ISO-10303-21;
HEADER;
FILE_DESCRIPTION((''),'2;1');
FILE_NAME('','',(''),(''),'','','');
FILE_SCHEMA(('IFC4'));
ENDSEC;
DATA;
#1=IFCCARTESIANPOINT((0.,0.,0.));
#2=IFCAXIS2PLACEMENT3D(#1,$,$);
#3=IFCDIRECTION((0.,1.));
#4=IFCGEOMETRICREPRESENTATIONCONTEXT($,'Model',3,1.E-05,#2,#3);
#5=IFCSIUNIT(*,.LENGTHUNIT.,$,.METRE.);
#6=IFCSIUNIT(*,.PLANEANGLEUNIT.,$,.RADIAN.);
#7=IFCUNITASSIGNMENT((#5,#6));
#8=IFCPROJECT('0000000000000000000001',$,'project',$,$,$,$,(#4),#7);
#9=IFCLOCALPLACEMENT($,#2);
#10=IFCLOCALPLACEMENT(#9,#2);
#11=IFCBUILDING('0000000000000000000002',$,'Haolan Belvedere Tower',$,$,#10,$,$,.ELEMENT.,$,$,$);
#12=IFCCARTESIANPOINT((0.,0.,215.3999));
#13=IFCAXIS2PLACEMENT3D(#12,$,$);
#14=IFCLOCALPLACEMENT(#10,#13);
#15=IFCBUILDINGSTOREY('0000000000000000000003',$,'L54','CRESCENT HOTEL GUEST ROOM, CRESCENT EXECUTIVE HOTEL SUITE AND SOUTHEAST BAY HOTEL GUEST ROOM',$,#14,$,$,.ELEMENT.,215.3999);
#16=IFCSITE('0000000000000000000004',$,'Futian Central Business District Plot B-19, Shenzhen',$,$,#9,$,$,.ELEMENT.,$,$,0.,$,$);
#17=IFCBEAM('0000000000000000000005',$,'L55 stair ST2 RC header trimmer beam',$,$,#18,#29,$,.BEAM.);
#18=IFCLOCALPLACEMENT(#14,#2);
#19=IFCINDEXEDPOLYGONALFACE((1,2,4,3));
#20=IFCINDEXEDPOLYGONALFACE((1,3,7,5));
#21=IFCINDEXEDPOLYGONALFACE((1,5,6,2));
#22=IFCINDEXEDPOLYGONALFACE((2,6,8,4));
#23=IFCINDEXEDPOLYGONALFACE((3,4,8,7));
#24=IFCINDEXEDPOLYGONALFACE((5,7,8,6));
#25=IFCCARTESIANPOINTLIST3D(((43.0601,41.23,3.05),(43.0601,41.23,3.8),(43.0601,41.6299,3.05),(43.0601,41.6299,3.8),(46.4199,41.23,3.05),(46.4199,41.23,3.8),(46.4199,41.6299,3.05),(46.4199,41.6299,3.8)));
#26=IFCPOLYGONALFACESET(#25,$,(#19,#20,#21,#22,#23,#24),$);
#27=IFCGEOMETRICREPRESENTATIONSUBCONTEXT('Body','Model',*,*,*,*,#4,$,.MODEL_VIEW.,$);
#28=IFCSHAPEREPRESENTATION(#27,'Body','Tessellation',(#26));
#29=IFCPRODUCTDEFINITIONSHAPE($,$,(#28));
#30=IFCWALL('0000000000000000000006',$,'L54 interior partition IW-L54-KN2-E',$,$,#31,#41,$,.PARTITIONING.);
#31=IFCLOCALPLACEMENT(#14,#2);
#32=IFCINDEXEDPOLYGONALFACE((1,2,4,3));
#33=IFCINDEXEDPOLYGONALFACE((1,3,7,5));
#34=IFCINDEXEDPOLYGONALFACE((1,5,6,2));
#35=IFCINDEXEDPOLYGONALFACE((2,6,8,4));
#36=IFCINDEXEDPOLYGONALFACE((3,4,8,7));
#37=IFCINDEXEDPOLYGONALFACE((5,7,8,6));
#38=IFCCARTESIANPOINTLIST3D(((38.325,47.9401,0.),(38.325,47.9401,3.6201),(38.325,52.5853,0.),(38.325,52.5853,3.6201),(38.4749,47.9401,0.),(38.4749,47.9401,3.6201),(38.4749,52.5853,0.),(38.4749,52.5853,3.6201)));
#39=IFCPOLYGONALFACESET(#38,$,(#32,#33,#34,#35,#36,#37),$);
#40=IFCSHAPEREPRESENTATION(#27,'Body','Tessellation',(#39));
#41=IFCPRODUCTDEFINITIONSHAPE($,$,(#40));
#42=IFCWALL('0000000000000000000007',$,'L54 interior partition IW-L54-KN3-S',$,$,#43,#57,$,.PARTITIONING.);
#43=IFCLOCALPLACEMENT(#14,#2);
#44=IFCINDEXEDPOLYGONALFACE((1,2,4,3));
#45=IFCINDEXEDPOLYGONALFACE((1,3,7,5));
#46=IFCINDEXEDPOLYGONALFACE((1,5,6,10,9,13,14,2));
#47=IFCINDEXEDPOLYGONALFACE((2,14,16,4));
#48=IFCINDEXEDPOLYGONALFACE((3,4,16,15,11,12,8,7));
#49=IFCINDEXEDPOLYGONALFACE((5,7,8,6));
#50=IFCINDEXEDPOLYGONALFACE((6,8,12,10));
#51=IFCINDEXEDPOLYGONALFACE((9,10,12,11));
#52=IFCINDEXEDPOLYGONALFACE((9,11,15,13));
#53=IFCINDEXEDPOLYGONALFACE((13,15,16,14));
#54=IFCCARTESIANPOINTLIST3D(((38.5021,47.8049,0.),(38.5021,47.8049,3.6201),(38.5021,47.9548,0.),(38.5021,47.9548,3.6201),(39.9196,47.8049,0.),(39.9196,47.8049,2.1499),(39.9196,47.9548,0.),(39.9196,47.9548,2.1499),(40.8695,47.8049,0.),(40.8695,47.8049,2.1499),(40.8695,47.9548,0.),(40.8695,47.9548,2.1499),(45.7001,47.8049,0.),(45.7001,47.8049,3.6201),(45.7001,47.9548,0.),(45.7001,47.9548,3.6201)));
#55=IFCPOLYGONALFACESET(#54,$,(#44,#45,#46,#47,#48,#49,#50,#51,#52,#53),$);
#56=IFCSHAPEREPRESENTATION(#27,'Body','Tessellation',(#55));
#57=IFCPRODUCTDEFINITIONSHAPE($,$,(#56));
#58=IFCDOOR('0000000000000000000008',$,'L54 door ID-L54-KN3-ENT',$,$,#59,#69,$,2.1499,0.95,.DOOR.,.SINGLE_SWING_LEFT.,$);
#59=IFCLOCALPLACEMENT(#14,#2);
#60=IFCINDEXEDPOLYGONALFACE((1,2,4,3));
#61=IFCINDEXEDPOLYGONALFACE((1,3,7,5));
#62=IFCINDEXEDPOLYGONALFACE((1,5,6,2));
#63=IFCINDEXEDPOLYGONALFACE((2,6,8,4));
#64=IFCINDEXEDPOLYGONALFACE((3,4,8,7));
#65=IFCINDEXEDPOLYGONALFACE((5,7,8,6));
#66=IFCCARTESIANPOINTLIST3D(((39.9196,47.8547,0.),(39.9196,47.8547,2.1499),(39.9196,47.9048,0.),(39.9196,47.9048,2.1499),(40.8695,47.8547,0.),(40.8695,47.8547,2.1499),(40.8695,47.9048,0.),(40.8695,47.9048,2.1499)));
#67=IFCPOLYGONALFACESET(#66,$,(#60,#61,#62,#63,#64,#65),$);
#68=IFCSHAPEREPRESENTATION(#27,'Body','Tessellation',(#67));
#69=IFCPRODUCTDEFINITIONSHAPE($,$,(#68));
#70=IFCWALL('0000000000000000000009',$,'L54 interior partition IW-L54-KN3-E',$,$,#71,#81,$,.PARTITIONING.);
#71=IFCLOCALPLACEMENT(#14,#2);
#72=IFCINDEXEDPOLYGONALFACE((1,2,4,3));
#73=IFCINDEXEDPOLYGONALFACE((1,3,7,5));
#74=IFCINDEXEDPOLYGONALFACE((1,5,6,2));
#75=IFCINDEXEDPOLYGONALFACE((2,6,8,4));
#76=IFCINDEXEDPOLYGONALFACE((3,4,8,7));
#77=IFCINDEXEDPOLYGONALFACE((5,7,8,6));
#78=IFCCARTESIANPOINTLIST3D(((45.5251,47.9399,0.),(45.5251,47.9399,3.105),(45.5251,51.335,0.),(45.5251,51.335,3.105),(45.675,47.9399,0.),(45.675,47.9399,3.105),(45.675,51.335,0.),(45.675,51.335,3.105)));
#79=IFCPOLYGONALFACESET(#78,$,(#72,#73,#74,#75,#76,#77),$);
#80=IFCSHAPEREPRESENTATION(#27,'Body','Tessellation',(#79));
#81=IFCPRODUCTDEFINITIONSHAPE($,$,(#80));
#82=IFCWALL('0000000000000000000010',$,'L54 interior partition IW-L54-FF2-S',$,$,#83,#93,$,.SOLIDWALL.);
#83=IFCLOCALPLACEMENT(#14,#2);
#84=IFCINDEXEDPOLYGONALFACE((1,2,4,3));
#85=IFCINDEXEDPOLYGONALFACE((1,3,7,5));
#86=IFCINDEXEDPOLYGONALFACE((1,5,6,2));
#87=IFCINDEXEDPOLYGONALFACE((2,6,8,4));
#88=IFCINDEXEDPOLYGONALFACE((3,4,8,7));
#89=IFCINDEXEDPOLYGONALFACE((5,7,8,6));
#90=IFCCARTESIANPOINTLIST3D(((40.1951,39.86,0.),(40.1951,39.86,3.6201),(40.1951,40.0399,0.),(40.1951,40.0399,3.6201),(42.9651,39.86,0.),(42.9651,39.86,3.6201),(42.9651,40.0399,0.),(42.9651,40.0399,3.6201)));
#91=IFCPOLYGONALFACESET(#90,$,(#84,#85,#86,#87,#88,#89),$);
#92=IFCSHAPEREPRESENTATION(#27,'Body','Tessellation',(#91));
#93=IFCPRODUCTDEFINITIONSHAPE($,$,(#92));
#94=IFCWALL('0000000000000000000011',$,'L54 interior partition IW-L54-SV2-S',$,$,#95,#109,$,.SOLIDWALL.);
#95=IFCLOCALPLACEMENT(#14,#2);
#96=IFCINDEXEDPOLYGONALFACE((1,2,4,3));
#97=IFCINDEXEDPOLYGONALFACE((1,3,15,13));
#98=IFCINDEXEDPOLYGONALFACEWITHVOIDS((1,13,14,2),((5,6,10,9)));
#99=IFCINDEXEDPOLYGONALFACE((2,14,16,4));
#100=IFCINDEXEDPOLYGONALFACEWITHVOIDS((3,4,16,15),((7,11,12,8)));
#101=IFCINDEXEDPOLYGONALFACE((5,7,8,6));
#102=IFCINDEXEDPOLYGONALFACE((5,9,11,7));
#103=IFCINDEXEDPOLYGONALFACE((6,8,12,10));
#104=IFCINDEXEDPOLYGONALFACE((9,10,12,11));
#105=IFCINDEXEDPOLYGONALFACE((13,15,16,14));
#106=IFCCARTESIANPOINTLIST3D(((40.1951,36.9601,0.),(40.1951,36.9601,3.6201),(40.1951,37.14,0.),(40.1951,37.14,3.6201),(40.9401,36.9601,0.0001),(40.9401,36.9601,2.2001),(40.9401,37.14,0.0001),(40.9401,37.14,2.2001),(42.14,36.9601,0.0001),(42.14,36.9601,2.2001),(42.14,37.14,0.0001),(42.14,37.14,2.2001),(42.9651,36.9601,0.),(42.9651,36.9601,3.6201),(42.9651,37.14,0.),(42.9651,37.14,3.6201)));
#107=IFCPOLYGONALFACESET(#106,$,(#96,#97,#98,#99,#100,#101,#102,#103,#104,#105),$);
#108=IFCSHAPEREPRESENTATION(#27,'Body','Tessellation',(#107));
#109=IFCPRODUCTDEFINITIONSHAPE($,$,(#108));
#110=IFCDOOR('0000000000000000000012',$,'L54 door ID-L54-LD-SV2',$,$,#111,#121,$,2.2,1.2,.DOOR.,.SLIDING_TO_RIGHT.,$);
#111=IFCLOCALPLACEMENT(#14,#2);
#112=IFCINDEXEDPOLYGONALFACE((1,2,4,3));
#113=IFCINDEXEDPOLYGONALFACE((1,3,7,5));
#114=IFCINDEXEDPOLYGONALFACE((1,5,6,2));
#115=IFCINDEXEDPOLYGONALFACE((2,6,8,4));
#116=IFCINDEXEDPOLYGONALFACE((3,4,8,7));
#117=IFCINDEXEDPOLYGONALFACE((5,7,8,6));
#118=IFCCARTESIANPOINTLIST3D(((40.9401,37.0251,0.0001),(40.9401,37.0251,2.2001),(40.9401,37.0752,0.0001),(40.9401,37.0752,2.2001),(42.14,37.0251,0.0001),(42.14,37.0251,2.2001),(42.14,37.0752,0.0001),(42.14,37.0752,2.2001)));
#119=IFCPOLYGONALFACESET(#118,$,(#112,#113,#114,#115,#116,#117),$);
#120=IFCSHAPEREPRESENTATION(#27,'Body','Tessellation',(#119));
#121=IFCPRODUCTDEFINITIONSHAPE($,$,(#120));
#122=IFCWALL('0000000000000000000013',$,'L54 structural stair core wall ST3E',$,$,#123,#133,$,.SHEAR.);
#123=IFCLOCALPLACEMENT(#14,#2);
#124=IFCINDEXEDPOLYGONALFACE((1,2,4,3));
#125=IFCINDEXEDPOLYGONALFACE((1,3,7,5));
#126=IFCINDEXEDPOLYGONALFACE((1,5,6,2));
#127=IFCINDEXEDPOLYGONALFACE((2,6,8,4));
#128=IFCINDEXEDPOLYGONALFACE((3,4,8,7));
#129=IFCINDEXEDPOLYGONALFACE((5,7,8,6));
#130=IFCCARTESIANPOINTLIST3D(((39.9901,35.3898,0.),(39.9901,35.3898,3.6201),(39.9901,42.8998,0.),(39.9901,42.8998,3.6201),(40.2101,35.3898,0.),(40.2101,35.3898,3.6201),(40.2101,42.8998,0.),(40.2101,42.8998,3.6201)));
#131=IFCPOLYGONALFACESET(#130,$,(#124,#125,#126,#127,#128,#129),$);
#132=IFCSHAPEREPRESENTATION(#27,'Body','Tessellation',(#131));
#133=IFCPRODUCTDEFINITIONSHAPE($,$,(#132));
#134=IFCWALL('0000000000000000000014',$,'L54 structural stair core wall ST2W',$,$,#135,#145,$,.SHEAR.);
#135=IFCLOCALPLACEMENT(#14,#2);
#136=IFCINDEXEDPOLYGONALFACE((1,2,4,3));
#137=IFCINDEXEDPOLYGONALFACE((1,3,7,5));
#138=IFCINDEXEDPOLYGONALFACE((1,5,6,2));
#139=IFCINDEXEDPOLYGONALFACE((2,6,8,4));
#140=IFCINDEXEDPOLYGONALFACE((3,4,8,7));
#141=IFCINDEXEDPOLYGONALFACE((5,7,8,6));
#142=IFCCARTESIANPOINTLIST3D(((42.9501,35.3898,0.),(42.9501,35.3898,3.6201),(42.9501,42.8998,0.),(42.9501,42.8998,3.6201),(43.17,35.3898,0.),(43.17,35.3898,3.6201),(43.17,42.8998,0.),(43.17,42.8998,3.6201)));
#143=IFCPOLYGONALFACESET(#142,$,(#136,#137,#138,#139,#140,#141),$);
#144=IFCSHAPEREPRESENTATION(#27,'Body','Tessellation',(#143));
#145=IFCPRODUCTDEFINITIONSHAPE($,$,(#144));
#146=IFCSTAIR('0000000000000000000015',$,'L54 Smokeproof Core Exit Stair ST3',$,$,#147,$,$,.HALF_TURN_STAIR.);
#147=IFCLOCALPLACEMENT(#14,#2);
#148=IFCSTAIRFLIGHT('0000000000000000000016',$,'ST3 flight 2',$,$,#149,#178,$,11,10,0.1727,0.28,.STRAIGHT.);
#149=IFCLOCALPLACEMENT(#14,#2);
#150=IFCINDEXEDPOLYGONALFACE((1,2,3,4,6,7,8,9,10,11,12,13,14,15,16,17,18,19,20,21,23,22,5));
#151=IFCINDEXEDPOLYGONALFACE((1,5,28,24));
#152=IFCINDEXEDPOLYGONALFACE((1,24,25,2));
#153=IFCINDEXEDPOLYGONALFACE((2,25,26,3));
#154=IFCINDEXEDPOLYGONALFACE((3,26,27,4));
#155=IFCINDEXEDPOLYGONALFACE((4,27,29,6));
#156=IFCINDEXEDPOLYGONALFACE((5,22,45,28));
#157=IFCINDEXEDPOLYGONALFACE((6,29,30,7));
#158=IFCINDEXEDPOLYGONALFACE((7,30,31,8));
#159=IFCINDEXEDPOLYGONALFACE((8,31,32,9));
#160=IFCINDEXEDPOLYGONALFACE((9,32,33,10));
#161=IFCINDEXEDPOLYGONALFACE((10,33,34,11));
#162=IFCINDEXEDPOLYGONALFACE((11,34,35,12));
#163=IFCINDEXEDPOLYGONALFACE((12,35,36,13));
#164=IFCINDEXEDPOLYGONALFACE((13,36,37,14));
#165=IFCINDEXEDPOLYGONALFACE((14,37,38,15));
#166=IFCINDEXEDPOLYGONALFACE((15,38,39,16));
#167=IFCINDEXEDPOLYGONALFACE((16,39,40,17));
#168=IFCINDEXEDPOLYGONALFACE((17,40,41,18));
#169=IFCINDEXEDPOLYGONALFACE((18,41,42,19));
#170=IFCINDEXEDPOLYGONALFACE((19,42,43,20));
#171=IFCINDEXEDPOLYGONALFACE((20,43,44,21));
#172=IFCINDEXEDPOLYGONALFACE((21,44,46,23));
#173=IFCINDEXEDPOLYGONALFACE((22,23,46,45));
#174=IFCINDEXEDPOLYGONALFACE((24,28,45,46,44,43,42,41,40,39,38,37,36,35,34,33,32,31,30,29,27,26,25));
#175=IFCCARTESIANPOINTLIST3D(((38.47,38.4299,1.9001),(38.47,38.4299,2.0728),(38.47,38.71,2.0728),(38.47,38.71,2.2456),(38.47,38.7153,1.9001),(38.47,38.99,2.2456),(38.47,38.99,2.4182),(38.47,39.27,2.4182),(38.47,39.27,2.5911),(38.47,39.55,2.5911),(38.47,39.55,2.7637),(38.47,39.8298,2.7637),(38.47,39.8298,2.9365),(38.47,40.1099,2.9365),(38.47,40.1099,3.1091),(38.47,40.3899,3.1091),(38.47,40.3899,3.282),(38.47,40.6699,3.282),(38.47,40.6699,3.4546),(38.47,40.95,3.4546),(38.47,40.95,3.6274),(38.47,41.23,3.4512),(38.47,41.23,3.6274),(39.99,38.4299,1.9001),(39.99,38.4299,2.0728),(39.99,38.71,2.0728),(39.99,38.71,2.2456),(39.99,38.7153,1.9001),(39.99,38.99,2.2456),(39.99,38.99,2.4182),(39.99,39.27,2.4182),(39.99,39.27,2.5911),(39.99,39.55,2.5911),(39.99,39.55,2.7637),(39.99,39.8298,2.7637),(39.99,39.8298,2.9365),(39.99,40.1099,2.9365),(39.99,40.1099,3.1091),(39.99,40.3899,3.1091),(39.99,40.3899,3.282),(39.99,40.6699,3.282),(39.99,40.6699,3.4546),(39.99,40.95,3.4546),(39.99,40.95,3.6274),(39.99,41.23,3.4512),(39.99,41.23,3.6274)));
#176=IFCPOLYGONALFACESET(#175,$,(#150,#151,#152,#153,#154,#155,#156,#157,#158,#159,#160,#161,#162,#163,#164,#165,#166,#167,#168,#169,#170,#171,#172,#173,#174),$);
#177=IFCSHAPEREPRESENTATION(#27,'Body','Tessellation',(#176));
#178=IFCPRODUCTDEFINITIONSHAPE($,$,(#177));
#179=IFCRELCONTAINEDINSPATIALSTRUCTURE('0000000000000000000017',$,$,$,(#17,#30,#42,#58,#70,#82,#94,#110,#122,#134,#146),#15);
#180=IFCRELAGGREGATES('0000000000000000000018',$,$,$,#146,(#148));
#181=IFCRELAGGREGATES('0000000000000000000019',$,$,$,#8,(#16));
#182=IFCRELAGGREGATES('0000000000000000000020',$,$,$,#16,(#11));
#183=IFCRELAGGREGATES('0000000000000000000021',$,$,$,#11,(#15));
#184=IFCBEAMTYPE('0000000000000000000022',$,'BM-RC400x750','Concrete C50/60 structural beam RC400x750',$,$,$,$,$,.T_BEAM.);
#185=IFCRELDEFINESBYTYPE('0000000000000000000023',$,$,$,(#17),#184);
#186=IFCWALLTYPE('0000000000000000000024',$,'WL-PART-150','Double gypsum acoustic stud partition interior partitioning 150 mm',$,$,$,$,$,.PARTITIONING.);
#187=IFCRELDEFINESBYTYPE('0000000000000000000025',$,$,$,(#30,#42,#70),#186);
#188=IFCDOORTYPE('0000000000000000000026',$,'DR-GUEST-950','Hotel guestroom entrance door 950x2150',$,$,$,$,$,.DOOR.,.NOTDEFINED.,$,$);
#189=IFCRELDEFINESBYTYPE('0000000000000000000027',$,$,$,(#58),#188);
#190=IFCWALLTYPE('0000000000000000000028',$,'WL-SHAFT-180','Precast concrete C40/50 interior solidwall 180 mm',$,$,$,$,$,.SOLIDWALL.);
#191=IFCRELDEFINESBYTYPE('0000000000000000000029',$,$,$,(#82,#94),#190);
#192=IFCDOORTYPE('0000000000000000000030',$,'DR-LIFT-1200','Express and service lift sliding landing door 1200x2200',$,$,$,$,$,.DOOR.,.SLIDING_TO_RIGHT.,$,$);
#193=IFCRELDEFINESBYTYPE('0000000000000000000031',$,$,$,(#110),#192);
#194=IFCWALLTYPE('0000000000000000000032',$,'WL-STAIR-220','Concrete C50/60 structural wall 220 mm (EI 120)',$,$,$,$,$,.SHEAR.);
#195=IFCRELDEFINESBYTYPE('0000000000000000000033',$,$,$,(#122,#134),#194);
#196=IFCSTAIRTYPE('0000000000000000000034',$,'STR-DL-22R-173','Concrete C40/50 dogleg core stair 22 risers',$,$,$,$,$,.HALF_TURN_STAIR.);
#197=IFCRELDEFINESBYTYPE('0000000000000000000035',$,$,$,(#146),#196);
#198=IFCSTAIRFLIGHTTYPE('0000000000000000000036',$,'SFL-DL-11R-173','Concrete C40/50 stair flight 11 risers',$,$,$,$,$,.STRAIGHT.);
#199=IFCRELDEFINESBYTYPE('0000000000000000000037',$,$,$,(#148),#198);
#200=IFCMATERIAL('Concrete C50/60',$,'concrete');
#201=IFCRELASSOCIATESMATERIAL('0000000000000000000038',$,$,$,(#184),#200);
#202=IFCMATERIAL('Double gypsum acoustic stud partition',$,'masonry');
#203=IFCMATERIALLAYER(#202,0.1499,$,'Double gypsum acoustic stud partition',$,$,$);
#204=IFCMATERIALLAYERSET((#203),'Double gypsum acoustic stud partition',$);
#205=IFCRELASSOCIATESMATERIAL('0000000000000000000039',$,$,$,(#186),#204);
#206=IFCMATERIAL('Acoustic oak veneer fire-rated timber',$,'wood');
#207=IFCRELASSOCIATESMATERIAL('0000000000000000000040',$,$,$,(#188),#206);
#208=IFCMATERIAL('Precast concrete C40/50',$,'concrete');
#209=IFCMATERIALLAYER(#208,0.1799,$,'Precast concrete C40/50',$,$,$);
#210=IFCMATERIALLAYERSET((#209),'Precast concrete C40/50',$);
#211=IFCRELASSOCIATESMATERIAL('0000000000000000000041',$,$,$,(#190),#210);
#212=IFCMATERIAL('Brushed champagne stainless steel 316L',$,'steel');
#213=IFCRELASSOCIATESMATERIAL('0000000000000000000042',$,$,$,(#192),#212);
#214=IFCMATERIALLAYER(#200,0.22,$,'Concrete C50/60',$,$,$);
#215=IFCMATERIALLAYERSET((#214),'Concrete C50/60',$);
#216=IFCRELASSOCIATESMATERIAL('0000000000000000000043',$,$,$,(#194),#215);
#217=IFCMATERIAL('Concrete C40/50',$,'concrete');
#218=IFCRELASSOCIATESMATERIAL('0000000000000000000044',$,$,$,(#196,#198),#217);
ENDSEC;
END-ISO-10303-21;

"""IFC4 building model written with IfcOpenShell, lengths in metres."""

from ifc_helpers import new_model, si_unit, direction, frame, frame_2d, origin, origin_2d, place, context, subcontext, project, spatial, polyline, rectangle, outline, extrude, material, layer, layer_set, material_profile, profile_set, type_object, element, fill, aggregate, save


model = new_model("IFC4")

# Units and contexts
model_context = context("Model", 3, precision=1e-05, world=origin(), true_north=direction((0.0, 1.0)))
body_context = subcontext(model_context, "Body", "Model", "MODEL_VIEW")
ifc_project = project(units=[si_unit("LENGTHUNIT", "METRE"), si_unit("PLANEANGLEUNIT", "RADIAN")], contexts=[model_context])

# Site, building, storey
site_placement = place(None, origin())
site = spatial("IfcSite", under=ifc_project, at=site_placement, Name="Futian Central Business District Plot B-19, Shenzhen", CompositionType="ELEMENT", RefElevation=0.0)
building_placement = place(site_placement, origin())
building = spatial("IfcBuilding", under=site, at=building_placement, Name="Haolan Belvedere Tower", CompositionType="ELEMENT")
storey_placement = place(building_placement, frame((0.0, 0.0, 215.3999)))
storey = spatial("IfcBuildingStorey", under=building, at=storey_placement, Name="L54", Description="CRESCENT HOTEL GUEST ROOM, CRESCENT EXECUTIVE HOTEL SUITE AND SOUTHEAST BAY HOTEL GUEST ROOM", CompositionType="ELEMENT", Elevation=215.3999)

# Beam
ifc_material_1 = material(Name="Concrete C50/60", Category="concrete")
ifc_material_profile = material_profile(ifc_material_1, rectangle(XDim=0.3999, YDim=0.75, at=origin_2d()), Name="Concrete C50/60")
ifc_profile_set = profile_set([ifc_material_profile], Name="Concrete C50/60")
beam_type = type_object("IfcBeamType", Name="BM-RC400x750", Description="Concrete C50/60 structural beam RC400x750", PredefinedType="T_BEAM", material=ifc_profile_set)
beam_placement = place(storey_placement, frame((43.0601, 41.4299, 3.425), z_axis=(1.0, 0.0, 0.0), x_axis=(0.0, 1.0, 0.0)))
element("IfcBeam", 1, at=beam_placement, inside=storey, type_object=beam_type, Name="L55 stair ST2 RC header trimmer beam", PredefinedType="BEAM", context=body_context, shape_type="SweptSolid", body=[
    extrude(rectangle(XDim=0.3999, YDim=0.75, at=origin_2d()), origin(), (0.0, 0.0, 1.0), 3.3599),
])

# Shared definitions
ifc_material_2 = material(Name="Concrete C40/50", Category="concrete")

# Wall
ifc_material_3 = material(Name="Double gypsum acoustic stud partition", Category="masonry")
ifc_layer_1 = layer(ifc_material_3, 0.1499, Name="Double gypsum acoustic stud partition")
ifc_layer_set_1 = layer_set([ifc_layer_1], Name="Double gypsum acoustic stud partition")
wall_type_1 = type_object("IfcWallType", Name="WL-PART-150", Description="Double gypsum acoustic stud partition interior partitioning 150 mm", PredefinedType="PARTITIONING", material=ifc_layer_set_1)
wall_1_placement = place(storey_placement, frame((38.3999, 47.9399, 0.0), z_axis=(0.0, 0.0, 1.0), x_axis=(0.0, 1.0, 0.0)))
element("IfcWall", 2, at=wall_1_placement, inside=storey, type_object=wall_type_1, Name="L54 interior partition IW-L54-KN2-E", PredefinedType="PARTITIONING", context=body_context, shape_type="SweptSolid", body=[
    extrude(rectangle(XDim=4.6453, YDim=0.1499, at=frame_2d((2.3228, 0.0))), origin(), (0.0, 0.0, 1.0), 3.6201),
])

# Wall, opening, door
wall_2_placement = place(storey_placement, frame((38.502, 47.8799, 0.0), z_axis=(0.0, 0.0, 1.0), x_axis=(1.0, 0.0, 0.0)))
wall_2 = element("IfcWall", 3, at=wall_2_placement, inside=storey, type_object=wall_type_1, Name="L54 interior partition IW-L54-KN3-S", PredefinedType="PARTITIONING", context=body_context, shape_type="SweptSolid", body=[
    extrude(rectangle(XDim=7.198, YDim=0.1499, at=frame_2d((3.5991, 0.0))), origin(), (0.0, 0.0, 1.0), 3.6201),
])
opening_1_placement = place(wall_2_placement, frame((1.4175, 0.0, 0.0)))
opening_1 = element("IfcOpeningElement", 4, at=opening_1_placement, cuts=wall_2, PredefinedType="OPENING", context=body_context, shape_type="SweptSolid", body=[
    extrude(rectangle(XDim=0.95, YDim=2.1499, at=frame_2d((0.4751, 1.075))), frame((0.0, 0.085, 0.0), z_axis=(0.0, -1.0, 0.0), x_axis=(1.0, 0.0, 0.0)), (0.0, 0.0, 1.0), 0.1699),
])
ifc_material_4 = material(Name="Acoustic oak veneer fire-rated timber", Category="wood")
door_type_1 = type_object("IfcDoorType", Name="DR-GUEST-950", Description="Hotel guestroom entrance door 950x2150", OperationType="NOTDEFINED", PredefinedType="DOOR", material=ifc_material_4)
door_1_placement = place(opening_1_placement, origin())
door_1 = element("IfcDoor", 5, at=door_1_placement, inside=storey, type_object=door_type_1, Name="L54 door ID-L54-KN3-ENT", OperationType="SINGLE_SWING_LEFT", OverallHeight=2.1499, OverallWidth=0.95, PredefinedType="DOOR", context=body_context, shape_type="SweptSolid", body=[
    extrude(rectangle(XDim=0.95, YDim=2.1499, at=frame_2d((0.4751, 1.075))), frame((0.0, 0.0249, 0.0), z_axis=(0.0, -1.0, 0.0), x_axis=(1.0, 0.0, 0.0)), (0.0, 0.0, 1.0), 0.05),
])
fill(opening_1, door_1)

# Walls
wall_3_placement = place(storey_placement, frame((45.6001, 47.9399, 0.0), z_axis=(0.0, 0.0, 1.0), x_axis=(0.0, 1.0, 0.0)))
element("IfcWall", 6, at=wall_3_placement, inside=storey, type_object=wall_type_1, Name="L54 interior partition IW-L54-KN3-E", PredefinedType="PARTITIONING", context=body_context, shape_type="SweptSolid", body=[
    extrude(rectangle(XDim=3.395, YDim=0.1499, at=frame_2d((1.6975, 0.0))), origin(), (0.0, 0.0, 1.0), 3.105),
])
ifc_material_5 = material(Name="Precast concrete C40/50", Category="concrete")
ifc_layer_2 = layer(ifc_material_5, 0.1799, Name="Precast concrete C40/50")
ifc_layer_set_2 = layer_set([ifc_layer_2], Name="Precast concrete C40/50")
wall_type_2 = type_object("IfcWallType", Name="WL-SHAFT-180", Description="Precast concrete C40/50 interior solidwall 180 mm", PredefinedType="SOLIDWALL", material=ifc_layer_set_2)
wall_4_placement = place(storey_placement, frame((40.1951, 39.95, 0.0), z_axis=(0.0, 0.0, 1.0), x_axis=(1.0, 0.0, 0.0)))
element("IfcWall", 7, at=wall_4_placement, inside=storey, type_object=wall_type_2, Name="L54 interior partition IW-L54-FF2-S", PredefinedType="SOLIDWALL", context=body_context, shape_type="SweptSolid", body=[
    extrude(rectangle(XDim=2.77, YDim=0.1799, at=frame_2d((1.385, 0.0))), origin(), (0.0, 0.0, 1.0), 3.6201),
])

# Wall, opening, door
wall_5_placement = place(storey_placement, frame((40.1951, 37.05, 0.0), z_axis=(0.0, 0.0, 1.0), x_axis=(1.0, 0.0, 0.0)))
wall_5 = element("IfcWall", 8, at=wall_5_placement, inside=storey, type_object=wall_type_2, Name="L54 interior partition IW-L54-SV2-S", PredefinedType="SOLIDWALL", context=body_context, shape_type="SweptSolid", body=[
    extrude(rectangle(XDim=2.77, YDim=0.1799, at=frame_2d((1.385, 0.0))), origin(), (0.0, 0.0, 1.0), 3.6201),
])
opening_2_placement = place(wall_5_placement, frame((1.9451, 0.0, 0.0), z_axis=(0.0, 0.0, 1.0), x_axis=(-1.0, 0.0, 0.0)))
opening_2 = element("IfcOpeningElement", 9, at=opening_2_placement, cuts=wall_5, PredefinedType="OPENING", context=body_context, shape_type="SweptSolid", body=[
    extrude(rectangle(XDim=1.2, YDim=2.2, at=frame_2d((0.6001, 1.1001))), frame((0.0, 0.0999, 0.0), z_axis=(0.0, -1.0, 0.0), x_axis=(1.0, 0.0, 0.0)), (0.0, 0.0, 1.0), 0.2),
])
ifc_material_6 = material(Name="Brushed champagne stainless steel 316L", Category="steel")
door_type_2 = type_object("IfcDoorType", Name="DR-LIFT-1200", Description="Express and service lift sliding landing door 1200x2200", OperationType="SLIDING_TO_RIGHT", PredefinedType="DOOR", material=ifc_material_6)
door_2_placement = place(opening_2_placement, origin())
door_2 = element("IfcDoor", 10, at=door_2_placement, inside=storey, type_object=door_type_2, Name="L54 door ID-L54-LD-SV2", OperationType="SLIDING_TO_RIGHT", OverallHeight=2.2, OverallWidth=1.2, PredefinedType="DOOR", context=body_context, shape_type="SweptSolid", body=[
    extrude(rectangle(XDim=1.2, YDim=2.2, at=frame_2d((0.6001, 1.1001))), frame((0.0, 0.0249, 0.0), z_axis=(0.0, -1.0, 0.0), x_axis=(1.0, 0.0, 0.0)), (0.0, 0.0, 1.0), 0.05),
])
fill(opening_2, door_2)

# Walls
ifc_layer_3 = layer(ifc_material_1, 0.22, Name="Concrete C50/60")
ifc_layer_set_3 = layer_set([ifc_layer_3], Name="Concrete C50/60")
wall_type_3 = type_object("IfcWallType", Name="WL-STAIR-220", Description="Concrete C50/60 structural wall 220 mm (EI 120)", PredefinedType="SHEAR", material=ifc_layer_set_3)
for number, where, z_axis, x_axis, name in (
    (11, (40.1001, 35.3899, 0.0), (0.0, 0.0, 1.0), (0.0, 1.0, 0.0), "L54 structural stair core wall ST3E"),
    (12, (43.0601, 35.3899, 0.0), (0.0, 0.0, 1.0), (0.0, 1.0, 0.0), "L54 structural stair core wall ST2W"),
):
    element("IfcWall", number, at=place(storey_placement, frame(where, z_axis=z_axis, x_axis=x_axis)), inside=storey, type_object=wall_type_3, Name=name, PredefinedType="SHEAR", context=body_context, shape_type="SweptSolid", body=[
        extrude(rectangle(XDim=7.51, YDim=0.22, at=frame_2d((3.7549, 0.0))), origin(), (0.0, 0.0, 1.0), 3.6201),
    ])

# Stair, stair flight
stair_type = type_object("IfcStairType", Name="STR-DL-22R-173", Description="Concrete C40/50 dogleg core stair 22 risers", PredefinedType="HALF_TURN_STAIR", material=ifc_material_2)
stair_1_placement = place(storey_placement, origin())
stair_1 = element("IfcStair", 13, at=stair_1_placement, inside=storey, type_object=stair_type, Name="L54 Smokeproof Core Exit Stair ST3", PredefinedType="HALF_TURN_STAIR")
stair_flight_type = type_object("IfcStairFlightType", Name="SFL-DL-11R-173", Description="Concrete C40/50 stair flight 11 risers", PredefinedType="STRAIGHT", material=ifc_material_2)
stair_flight_1_placement = place(storey_placement, frame((39.23, 38.4299, 1.9001), z_axis=(0.0, 0.0, 1.0), x_axis=(0.0, 1.0, 0.0)))
stair_flight_1 = element("IfcStairFlight", 14, at=stair_flight_1_placement, type_object=stair_flight_type, Name="ST3 flight 2", NumberOfRisers=11, NumberOfTreads=10, PredefinedType="STRAIGHT", RiserHeight=0.1727, TreadLength=0.28, context=body_context, shape_type="SweptSolid", body=[
    extrude(outline(polyline([(0.0, 0.0), (0.0, 0.1726), (0.28, 0.1726), (0.28, 0.3455), (0.5601, 0.3455), (0.5601, 0.5181), (0.8401, 0.5181), (0.8401, 0.6909), (1.1201, 0.6909), (1.1201, 0.8635), (1.3999, 0.8635), (1.3999, 1.0364), (1.6799, 1.0364), (1.6799, 1.209), (1.96, 1.209), (1.96, 1.3818), (2.24, 1.3818), (2.24, 1.5544), (2.52, 1.5544), (2.52, 1.7273), (2.8, 1.7273), (2.8, 1.8999), (2.8, 1.551), (0.2854, 0.0), (0.0, 0.0)])), frame((0.0, 0.76, 0.0), z_axis=(0.0, -1.0, 0.0), x_axis=(1.0, 0.0, 0.0)), (0.0, 0.0, 1.0), 1.52),
])
aggregate(stair_1, [stair_flight_1])

save(model, "model.ifc")
